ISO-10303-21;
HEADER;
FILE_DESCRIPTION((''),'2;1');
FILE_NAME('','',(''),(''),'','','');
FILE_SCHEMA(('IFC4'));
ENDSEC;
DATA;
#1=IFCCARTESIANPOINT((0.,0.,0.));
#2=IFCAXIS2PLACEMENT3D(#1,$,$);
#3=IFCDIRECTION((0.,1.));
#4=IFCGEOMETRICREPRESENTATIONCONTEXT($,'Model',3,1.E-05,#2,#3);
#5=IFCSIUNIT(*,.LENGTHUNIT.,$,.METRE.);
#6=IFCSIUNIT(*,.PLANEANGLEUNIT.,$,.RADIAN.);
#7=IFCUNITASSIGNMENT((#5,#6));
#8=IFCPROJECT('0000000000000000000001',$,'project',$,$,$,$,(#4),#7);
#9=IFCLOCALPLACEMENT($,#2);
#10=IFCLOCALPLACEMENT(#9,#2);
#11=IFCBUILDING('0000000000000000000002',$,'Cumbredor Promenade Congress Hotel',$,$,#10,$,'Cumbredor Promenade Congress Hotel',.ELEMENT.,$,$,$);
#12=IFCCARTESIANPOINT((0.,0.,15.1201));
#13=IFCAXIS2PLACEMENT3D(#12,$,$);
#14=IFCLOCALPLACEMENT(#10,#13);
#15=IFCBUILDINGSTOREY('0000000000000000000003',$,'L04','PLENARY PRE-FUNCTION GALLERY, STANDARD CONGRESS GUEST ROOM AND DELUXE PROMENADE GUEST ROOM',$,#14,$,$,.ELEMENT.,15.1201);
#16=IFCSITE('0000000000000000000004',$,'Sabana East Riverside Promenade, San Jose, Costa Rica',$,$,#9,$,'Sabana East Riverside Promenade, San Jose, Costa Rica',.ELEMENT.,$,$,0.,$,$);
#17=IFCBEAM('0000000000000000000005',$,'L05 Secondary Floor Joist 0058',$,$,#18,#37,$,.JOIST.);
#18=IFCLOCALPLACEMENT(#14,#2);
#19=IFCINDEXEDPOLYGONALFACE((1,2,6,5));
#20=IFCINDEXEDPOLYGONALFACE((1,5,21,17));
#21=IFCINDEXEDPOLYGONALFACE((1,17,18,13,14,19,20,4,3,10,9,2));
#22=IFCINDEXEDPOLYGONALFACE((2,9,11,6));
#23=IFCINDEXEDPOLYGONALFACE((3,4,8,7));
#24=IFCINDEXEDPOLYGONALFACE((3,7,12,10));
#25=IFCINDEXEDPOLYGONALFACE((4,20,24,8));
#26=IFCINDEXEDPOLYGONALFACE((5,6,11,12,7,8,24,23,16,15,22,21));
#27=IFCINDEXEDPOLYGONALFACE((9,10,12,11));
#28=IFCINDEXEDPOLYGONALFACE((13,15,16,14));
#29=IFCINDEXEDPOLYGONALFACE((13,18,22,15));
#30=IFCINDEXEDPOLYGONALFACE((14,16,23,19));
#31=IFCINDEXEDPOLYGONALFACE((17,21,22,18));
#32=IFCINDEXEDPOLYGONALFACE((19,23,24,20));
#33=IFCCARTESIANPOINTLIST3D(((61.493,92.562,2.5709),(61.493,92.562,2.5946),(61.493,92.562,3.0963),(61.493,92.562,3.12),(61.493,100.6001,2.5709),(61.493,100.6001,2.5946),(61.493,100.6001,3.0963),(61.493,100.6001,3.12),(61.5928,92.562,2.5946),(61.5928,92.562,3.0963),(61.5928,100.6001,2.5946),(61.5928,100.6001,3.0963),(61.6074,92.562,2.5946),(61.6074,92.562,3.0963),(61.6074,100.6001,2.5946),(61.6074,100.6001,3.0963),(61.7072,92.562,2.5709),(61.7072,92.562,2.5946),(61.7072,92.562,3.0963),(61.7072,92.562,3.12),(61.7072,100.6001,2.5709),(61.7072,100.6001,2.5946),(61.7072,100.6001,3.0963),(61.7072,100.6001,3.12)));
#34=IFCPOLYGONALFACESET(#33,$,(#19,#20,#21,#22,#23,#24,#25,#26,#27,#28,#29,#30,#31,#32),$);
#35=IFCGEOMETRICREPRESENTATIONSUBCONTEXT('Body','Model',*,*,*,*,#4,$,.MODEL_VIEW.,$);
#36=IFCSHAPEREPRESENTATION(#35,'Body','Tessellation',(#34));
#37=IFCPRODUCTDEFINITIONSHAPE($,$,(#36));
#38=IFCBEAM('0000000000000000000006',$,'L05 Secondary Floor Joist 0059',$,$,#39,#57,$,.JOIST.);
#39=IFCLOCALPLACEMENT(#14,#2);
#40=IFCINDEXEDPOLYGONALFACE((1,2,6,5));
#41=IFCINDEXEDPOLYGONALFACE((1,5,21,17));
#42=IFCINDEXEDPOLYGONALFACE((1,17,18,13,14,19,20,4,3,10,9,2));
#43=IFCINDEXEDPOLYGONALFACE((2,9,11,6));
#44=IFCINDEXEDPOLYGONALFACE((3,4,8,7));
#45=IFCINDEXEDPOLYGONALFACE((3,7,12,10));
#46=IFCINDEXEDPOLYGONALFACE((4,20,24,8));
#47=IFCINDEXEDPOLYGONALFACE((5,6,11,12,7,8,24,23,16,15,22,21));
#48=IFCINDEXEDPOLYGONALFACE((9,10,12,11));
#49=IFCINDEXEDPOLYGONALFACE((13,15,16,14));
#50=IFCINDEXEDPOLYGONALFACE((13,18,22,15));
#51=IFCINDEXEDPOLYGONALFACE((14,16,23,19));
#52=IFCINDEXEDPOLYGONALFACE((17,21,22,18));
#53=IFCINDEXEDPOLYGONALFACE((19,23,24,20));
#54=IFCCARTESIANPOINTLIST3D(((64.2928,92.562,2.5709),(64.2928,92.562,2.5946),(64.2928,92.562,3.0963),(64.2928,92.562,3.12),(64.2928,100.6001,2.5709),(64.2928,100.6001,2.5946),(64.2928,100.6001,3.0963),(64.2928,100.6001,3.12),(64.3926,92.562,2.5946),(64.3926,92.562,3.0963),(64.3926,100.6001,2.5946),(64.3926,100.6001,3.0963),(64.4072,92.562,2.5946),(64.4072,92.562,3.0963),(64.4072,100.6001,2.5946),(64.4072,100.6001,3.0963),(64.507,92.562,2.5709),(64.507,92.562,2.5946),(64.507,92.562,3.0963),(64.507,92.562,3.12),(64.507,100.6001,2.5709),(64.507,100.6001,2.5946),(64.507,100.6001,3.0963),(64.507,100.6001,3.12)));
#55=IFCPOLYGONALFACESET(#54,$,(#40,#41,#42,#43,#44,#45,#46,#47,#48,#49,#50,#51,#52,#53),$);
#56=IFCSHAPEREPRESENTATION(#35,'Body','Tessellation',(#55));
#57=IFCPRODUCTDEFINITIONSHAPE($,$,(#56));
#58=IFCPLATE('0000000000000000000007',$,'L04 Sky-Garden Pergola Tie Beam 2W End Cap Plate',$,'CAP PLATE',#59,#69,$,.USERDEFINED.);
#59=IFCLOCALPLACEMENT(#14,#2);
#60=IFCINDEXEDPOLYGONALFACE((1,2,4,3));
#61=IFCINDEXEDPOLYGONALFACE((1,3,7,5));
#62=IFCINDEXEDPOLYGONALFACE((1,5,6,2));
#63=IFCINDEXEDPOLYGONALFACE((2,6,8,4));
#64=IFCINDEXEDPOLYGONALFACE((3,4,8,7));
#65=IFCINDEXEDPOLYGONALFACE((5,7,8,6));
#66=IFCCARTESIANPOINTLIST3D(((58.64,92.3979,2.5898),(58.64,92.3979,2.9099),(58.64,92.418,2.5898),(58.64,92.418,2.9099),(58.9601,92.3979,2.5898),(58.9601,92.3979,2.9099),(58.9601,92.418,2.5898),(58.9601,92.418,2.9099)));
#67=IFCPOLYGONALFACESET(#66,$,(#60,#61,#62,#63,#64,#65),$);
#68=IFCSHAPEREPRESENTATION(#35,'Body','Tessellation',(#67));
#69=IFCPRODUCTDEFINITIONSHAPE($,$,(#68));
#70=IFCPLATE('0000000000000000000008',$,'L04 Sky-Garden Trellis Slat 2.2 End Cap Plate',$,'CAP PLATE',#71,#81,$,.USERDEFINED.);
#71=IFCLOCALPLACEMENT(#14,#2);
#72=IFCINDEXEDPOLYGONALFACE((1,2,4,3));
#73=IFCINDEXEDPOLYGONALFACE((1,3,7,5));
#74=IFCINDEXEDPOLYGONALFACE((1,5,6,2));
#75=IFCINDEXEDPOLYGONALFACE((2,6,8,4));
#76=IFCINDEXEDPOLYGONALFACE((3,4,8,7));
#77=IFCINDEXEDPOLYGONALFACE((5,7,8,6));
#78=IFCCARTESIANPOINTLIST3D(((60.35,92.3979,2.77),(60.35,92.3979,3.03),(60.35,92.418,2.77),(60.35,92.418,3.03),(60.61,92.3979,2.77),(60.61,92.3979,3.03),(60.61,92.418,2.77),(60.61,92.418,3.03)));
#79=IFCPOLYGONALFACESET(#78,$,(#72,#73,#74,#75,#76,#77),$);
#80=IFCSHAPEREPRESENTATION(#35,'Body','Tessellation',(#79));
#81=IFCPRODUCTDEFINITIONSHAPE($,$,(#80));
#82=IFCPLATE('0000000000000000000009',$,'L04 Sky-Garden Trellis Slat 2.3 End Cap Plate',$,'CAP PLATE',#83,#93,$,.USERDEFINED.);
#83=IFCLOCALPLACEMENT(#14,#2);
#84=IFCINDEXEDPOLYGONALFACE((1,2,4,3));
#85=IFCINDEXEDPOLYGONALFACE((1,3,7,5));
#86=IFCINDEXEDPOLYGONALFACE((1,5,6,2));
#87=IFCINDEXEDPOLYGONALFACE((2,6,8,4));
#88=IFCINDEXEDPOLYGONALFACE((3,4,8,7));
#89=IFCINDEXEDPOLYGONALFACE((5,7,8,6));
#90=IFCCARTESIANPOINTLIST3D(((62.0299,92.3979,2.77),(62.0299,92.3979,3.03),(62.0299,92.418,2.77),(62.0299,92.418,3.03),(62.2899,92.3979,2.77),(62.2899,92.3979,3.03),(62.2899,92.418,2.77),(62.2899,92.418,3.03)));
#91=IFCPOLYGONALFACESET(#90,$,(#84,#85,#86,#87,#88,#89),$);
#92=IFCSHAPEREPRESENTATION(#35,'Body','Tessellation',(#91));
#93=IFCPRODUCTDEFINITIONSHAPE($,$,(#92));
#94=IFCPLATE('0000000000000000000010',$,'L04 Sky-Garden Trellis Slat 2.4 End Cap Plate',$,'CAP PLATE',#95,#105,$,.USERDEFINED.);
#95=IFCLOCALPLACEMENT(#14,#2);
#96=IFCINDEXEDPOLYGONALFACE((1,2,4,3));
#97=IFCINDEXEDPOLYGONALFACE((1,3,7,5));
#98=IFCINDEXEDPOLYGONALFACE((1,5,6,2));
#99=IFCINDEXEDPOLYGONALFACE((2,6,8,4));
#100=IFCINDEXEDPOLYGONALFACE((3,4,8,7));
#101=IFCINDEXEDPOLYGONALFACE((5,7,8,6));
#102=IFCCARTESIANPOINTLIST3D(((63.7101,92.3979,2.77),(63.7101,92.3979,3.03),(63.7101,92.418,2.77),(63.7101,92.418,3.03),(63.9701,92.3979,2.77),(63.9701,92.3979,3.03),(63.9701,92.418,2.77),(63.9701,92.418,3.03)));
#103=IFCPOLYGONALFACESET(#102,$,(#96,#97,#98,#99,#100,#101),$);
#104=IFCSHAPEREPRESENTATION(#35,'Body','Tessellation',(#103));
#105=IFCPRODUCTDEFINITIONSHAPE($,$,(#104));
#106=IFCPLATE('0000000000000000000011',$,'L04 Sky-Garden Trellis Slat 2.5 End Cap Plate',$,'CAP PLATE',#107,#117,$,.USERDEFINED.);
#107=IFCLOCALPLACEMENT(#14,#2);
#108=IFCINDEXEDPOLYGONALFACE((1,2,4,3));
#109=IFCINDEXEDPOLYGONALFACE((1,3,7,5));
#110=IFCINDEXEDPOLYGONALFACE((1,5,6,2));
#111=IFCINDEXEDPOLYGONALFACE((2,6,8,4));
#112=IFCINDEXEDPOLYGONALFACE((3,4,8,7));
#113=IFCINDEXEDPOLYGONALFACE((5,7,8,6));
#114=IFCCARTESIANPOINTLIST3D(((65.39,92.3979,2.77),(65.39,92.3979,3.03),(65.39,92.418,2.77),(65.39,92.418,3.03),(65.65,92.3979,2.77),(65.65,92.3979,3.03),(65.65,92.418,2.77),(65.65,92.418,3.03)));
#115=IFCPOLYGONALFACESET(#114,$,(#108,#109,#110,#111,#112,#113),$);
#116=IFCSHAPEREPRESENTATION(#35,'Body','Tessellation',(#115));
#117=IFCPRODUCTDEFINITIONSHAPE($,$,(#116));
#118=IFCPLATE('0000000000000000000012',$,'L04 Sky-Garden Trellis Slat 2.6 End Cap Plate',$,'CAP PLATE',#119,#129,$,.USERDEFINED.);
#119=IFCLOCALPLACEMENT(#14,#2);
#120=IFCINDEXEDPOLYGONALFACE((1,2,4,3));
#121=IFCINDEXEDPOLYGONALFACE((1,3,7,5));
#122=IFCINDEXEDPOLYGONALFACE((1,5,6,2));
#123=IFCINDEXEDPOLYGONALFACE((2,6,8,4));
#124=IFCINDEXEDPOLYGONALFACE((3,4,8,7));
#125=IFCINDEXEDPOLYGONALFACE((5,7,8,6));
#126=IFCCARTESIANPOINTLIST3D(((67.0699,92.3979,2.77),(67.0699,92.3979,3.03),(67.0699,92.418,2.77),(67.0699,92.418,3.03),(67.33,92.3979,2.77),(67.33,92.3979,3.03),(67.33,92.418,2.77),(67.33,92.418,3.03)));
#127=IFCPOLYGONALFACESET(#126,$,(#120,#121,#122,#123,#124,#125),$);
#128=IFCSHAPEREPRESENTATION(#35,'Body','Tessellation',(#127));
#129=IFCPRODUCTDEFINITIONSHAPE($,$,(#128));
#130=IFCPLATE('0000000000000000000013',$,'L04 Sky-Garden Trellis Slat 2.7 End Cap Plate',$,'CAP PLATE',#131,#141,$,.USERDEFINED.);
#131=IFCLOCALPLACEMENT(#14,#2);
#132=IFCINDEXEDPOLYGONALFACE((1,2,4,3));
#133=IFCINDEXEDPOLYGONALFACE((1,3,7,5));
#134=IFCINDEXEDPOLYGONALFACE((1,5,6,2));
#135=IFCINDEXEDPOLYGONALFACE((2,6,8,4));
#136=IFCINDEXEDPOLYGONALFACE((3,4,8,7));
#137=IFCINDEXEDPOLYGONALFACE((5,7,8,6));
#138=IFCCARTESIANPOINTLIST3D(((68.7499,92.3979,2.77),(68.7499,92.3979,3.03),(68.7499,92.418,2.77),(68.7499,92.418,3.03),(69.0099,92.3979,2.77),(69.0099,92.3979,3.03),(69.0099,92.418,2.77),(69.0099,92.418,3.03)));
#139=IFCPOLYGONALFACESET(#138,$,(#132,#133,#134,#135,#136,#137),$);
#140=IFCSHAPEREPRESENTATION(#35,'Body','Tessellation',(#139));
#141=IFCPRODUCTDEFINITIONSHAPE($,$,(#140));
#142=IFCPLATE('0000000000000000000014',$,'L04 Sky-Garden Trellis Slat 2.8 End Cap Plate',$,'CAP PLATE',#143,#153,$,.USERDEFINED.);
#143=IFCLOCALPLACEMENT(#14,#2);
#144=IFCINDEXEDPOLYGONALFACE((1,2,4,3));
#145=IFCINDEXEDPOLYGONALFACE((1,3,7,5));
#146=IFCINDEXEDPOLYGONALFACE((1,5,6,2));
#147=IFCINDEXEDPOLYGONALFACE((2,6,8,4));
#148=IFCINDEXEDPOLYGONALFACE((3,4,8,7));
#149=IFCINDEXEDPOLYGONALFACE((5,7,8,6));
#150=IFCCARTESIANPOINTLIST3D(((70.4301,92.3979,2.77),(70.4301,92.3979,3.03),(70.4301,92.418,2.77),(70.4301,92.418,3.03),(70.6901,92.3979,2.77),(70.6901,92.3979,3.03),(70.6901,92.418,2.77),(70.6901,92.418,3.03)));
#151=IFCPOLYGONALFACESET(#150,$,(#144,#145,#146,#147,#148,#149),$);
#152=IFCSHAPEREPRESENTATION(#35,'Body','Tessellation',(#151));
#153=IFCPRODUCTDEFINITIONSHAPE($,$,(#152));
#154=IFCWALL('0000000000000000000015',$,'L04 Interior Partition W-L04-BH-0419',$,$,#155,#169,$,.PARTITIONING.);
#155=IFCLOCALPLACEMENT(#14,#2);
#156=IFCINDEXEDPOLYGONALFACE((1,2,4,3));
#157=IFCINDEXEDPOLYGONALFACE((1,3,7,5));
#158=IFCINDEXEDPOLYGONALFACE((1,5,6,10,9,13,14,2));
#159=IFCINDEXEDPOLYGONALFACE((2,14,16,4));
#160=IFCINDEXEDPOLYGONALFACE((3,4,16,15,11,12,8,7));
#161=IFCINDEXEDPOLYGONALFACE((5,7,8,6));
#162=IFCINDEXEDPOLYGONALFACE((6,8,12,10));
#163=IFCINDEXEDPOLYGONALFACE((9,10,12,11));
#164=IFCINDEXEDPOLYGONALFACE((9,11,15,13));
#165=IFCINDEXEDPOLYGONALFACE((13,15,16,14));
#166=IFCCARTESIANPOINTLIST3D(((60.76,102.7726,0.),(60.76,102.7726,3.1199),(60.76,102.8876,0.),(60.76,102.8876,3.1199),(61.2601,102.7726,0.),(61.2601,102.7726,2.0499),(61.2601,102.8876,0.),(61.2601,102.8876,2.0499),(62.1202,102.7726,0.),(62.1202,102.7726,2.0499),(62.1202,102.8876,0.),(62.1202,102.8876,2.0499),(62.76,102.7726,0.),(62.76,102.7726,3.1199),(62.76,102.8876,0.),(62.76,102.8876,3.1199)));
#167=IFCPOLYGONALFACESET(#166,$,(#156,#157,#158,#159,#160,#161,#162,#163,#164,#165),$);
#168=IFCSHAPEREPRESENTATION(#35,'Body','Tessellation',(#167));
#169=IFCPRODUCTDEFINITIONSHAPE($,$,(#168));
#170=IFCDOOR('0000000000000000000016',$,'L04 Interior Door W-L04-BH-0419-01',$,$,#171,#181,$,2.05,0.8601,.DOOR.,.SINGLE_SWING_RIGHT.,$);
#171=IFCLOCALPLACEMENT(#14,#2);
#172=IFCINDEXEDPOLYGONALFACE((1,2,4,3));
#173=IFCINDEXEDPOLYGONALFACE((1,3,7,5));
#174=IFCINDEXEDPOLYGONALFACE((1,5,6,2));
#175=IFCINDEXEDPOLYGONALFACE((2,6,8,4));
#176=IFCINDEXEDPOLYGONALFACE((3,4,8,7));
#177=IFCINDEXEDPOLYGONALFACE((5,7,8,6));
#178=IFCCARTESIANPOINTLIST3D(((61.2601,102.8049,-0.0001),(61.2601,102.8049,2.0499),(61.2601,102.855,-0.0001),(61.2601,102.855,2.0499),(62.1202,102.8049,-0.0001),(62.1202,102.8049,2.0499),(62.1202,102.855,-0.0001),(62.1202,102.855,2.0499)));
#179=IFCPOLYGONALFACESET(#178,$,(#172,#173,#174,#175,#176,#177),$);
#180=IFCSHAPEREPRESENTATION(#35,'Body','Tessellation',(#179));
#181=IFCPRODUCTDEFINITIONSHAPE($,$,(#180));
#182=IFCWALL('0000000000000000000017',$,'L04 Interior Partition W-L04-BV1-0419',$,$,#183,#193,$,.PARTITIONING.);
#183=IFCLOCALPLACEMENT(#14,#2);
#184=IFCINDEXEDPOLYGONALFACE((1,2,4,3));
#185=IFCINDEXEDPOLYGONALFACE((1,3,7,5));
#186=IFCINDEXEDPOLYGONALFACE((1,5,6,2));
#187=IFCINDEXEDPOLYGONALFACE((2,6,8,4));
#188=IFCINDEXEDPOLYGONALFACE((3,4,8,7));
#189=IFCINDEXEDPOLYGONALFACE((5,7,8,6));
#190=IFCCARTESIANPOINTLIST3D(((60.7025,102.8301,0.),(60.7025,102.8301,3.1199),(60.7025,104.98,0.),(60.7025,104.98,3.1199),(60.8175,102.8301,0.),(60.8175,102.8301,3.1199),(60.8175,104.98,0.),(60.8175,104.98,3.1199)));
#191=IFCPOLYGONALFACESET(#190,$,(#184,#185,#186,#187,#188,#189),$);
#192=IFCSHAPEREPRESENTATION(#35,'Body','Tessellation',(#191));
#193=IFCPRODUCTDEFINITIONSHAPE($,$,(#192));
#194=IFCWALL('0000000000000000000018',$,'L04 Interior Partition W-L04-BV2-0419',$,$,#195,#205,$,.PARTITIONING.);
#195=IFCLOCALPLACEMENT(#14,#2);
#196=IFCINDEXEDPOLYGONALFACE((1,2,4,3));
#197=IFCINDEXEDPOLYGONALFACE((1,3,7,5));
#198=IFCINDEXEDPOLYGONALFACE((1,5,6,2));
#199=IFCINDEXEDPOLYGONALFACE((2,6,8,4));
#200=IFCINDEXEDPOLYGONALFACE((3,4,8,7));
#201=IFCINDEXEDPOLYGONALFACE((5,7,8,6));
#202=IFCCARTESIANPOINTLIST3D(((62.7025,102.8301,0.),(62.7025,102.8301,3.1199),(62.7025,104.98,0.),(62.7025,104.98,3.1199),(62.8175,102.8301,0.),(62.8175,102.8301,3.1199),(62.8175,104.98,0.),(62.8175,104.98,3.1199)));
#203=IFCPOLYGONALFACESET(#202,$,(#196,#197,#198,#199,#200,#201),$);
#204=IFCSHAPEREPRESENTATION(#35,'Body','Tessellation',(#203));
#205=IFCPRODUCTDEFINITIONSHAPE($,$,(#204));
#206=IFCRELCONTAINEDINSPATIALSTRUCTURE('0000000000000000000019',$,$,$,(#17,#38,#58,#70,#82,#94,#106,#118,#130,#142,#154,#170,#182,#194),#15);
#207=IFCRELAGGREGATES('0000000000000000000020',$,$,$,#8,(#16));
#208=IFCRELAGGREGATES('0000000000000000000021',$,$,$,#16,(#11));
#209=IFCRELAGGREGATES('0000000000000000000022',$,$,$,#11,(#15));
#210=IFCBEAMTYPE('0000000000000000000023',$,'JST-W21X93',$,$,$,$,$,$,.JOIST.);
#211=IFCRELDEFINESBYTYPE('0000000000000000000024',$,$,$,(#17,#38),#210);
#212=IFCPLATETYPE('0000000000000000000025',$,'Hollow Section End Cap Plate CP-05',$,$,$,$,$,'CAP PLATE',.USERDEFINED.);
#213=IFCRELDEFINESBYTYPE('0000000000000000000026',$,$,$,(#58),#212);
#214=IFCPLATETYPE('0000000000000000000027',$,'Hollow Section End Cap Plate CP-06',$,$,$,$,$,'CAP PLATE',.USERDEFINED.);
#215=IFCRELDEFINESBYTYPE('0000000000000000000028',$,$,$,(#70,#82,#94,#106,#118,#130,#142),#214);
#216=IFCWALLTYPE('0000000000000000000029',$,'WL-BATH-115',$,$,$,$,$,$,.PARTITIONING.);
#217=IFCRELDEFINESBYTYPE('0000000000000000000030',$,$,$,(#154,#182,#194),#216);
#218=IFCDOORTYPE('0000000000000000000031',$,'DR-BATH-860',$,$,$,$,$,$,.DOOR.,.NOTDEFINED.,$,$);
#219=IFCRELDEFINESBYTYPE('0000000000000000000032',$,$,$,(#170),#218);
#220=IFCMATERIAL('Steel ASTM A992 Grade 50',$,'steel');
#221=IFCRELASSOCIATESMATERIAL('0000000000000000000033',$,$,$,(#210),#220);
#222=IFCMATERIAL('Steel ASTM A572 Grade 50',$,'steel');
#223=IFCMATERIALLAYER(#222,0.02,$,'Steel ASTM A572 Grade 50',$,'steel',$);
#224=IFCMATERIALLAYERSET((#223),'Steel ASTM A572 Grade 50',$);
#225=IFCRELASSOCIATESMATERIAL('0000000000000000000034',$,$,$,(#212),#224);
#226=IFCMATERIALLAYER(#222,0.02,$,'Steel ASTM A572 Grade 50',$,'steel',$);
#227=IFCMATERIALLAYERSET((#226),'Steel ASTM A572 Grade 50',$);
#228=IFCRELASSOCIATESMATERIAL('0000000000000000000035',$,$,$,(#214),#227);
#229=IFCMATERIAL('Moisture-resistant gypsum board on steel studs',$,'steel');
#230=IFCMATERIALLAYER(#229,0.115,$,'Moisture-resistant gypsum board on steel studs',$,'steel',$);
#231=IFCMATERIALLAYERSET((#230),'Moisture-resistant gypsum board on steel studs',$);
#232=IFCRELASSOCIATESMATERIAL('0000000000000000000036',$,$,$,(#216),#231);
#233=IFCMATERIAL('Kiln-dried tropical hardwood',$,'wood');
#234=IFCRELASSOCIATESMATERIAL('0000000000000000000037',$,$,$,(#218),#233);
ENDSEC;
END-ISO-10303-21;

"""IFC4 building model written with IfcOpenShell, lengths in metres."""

from ifc_helpers import new_model, si_unit, direction, frame, frame_2d, origin, origin_2d, place, context, subcontext, project, spatial, rectangle, i_section, extrude, material, layer, layer_set, material_profile, profile_set, type_object, element, fill, save


model = new_model("IFC4")

# Units and contexts
model_context = context("Model", 3, precision=1e-05, world=origin(), true_north=direction((0.0, 1.0)))
body_context = subcontext(model_context, "Body", "Model", "MODEL_VIEW")
ifc_project = project(units=[si_unit("LENGTHUNIT", "METRE"), si_unit("PLANEANGLEUNIT", "RADIAN")], contexts=[model_context])

# Site, building, storey
site_placement = place(None, origin())
site = spatial("IfcSite", under=ifc_project, at=site_placement, Name="Sabana East Riverside Promenade, San Jose, Costa Rica", LongName="Sabana East Riverside Promenade, San Jose, Costa Rica", CompositionType="ELEMENT", RefElevation=0.0)
building_placement = place(site_placement, origin())
building = spatial("IfcBuilding", under=site, at=building_placement, Name="Cumbredor Promenade Congress Hotel", LongName="Cumbredor Promenade Congress Hotel", CompositionType="ELEMENT")
storey_placement = place(building_placement, frame((0.0, 0.0, 15.1201)))
storey = spatial("IfcBuildingStorey", under=building, at=storey_placement, Name="L04", Description="PLENARY PRE-FUNCTION GALLERY, STANDARD CONGRESS GUEST ROOM AND DELUXE PROMENADE GUEST ROOM", CompositionType="ELEMENT", Elevation=15.1201)

# Beams
ifc_material_1 = material(Name="Steel ASTM A992 Grade 50", Category="steel")
ifc_material_profile_1 = material_profile(ifc_material_1, i_section(OverallWidth=0.2141, OverallDepth=0.5491, WebThickness=0.0146, FlangeThickness=0.0237, at=origin_2d()), Name="W21X93")
ifc_profile_set_1 = profile_set([ifc_material_profile_1], Name="Steel ASTM A992 Grade 50")
beam_type_1 = type_object("IfcBeamType", Name="JST-W21X93", PredefinedType="JOIST", material=ifc_profile_set_1)
for number, where, z_axis, x_axis, name in (
    (1, (61.6001, 92.562, 2.8455), (0.0, 1.0, 0.0), (-1.0, 0.0, 0.0), "L05 Secondary Floor Joist 0058"),
    (2, (64.3999, 92.562, 2.8455), (0.0, 1.0, 0.0), (-1.0, 0.0, 0.0), "L05 Secondary Floor Joist 0059"),
):
    element("IfcBeam", number, at=place(storey_placement, frame(where, z_axis=z_axis, x_axis=x_axis)), inside=storey, type_object=beam_type_1, Name=name, PredefinedType="JOIST", context=body_context, shape_type="SweptSolid", body=[
        extrude(i_section(OverallWidth=0.2141, OverallDepth=0.5491, WebThickness=0.0146, FlangeThickness=0.0237, at=origin_2d()), origin(), (0.0, 0.0, 1.0), 8.0381),
    ])

# Plates
ifc_material_2 = material(Name="Steel ASTM A572 Grade 50", Category="steel")
ifc_layer_1 = layer(ifc_material_2, 0.02, Name="Steel ASTM A572 Grade 50", Category="steel")
ifc_layer_set_1 = layer_set([ifc_layer_1], Name="Steel ASTM A572 Grade 50")
plate_type_1 = type_object("IfcPlateType", Name="Hollow Section End Cap Plate CP-05", ElementType="CAP PLATE", PredefinedType="USERDEFINED", material=ifc_layer_set_1)
plate_placement = place(storey_placement, frame((58.8, 92.408, 2.5898), z_axis=(0.0, 0.0, 1.0), x_axis=(0.0, 1.0, 0.0)))
element("IfcPlate", 3, at=plate_placement, inside=storey, type_object=plate_type_1, Name="L04 Sky-Garden Pergola Tie Beam 2W End Cap Plate", ObjectType="CAP PLATE", PredefinedType="USERDEFINED", context=body_context, shape_type="SweptSolid", body=[
    extrude(rectangle(XDim=0.02, YDim=0.3201, at=origin_2d()), origin(), (0.0, 0.0, 1.0), 0.3201),
])
ifc_layer_2 = layer(ifc_material_2, 0.02, Name="Steel ASTM A572 Grade 50", Category="steel")
ifc_layer_set_2 = layer_set([ifc_layer_2], Name="Steel ASTM A572 Grade 50")
plate_type_2 = type_object("IfcPlateType", Name="Hollow Section End Cap Plate CP-06", ElementType="CAP PLATE", PredefinedType="USERDEFINED", material=ifc_layer_set_2)
for number, where, z_axis, x_axis, name in (
    (4, (60.48, 92.408, 2.77), (0.0, 0.0, 1.0), (0.0, 1.0, 0.0), "L04 Sky-Garden Trellis Slat 2.2 End Cap Plate"),
    (5, (62.1599, 92.408, 2.77), (0.0, 0.0, 1.0), (0.0, 1.0, 0.0), "L04 Sky-Garden Trellis Slat 2.3 End Cap Plate"),
    (6, (63.8401, 92.408, 2.77), (0.0, 0.0, 1.0), (0.0, 1.0, 0.0), "L04 Sky-Garden Trellis Slat 2.4 End Cap Plate"),
    (7, (65.52, 92.408, 2.77), (0.0, 0.0, 1.0), (0.0, 1.0, 0.0), "L04 Sky-Garden Trellis Slat 2.5 End Cap Plate"),
    (8, (67.2, 92.408, 2.77), (0.0, 0.0, 1.0), (0.0, 1.0, 0.0), "L04 Sky-Garden Trellis Slat 2.6 End Cap Plate"),
    (9, (68.8799, 92.408, 2.77), (0.0, 0.0, 1.0), (0.0, 1.0, 0.0), "L04 Sky-Garden Trellis Slat 2.7 End Cap Plate"),
    (10, (70.5601, 92.408, 2.77), (0.0, 0.0, 1.0), (0.0, 1.0, 0.0), "L04 Sky-Garden Trellis Slat 2.8 End Cap Plate"),
):
    element("IfcPlate", number, at=place(storey_placement, frame(where, z_axis=z_axis, x_axis=x_axis)), inside=storey, type_object=plate_type_2, Name=name, ObjectType="CAP PLATE", PredefinedType="USERDEFINED", context=body_context, shape_type="SweptSolid", body=[
        extrude(rectangle(XDim=0.02, YDim=0.26, at=origin_2d()), origin(), (0.0, 0.0, 1.0), 0.26),
    ])

# Wall, opening, door
ifc_material_3 = material(Name="Moisture-resistant gypsum board on steel studs", Category="steel")
ifc_layer_3 = layer(ifc_material_3, 0.115, Name="Moisture-resistant gypsum board on steel studs", Category="steel")
ifc_layer_set_3 = layer_set([ifc_layer_3], Name="Moisture-resistant gypsum board on steel studs")
wall_type_1 = type_object("IfcWallType", Name="WL-BATH-115", PredefinedType="PARTITIONING", material=ifc_layer_set_3)
wall_1_placement = place(storey_placement, frame((60.76, 102.8301, 0.0), z_axis=(0.0, 0.0, 1.0), x_axis=(1.0, 0.0, 0.0)))
wall_1 = element("IfcWall", 11, at=wall_1_placement, inside=storey, type_object=wall_type_1, Name="L04 Interior Partition W-L04-BH-0419", PredefinedType="PARTITIONING", context=body_context, shape_type="SweptSolid", body=[
    extrude(rectangle(XDim=2.0, YDim=0.115, at=frame_2d((1.0, 0.0))), origin(), (0.0, 0.0, 1.0), 3.1199),
])
opening_1_placement = place(wall_1_placement, frame((0.5, 0.0, 0.0)))
opening_1 = element("IfcOpeningElement", 12, at=opening_1_placement, cuts=wall_1, PredefinedType="OPENING", context=body_context, shape_type="SweptSolid", body=[
    extrude(rectangle(XDim=0.8601, YDim=2.05, at=frame_2d((0.4302, 1.0249))), frame((0.0, 0.0674, 0.0), z_axis=(0.0, -1.0, 0.0), x_axis=(1.0, 0.0, 0.0)), (0.0, 0.0, 1.0), 0.135),
])
ifc_material_4 = material(Name="Kiln-dried tropical hardwood", Category="wood")
door_type = type_object("IfcDoorType", Name="DR-BATH-860", OperationType="NOTDEFINED", PredefinedType="DOOR", material=ifc_material_4)
door_1_placement = place(opening_1_placement, origin())
door_1 = element("IfcDoor", 13, at=door_1_placement, inside=storey, type_object=door_type, Name="L04 Interior Door W-L04-BH-0419-01", OperationType="SINGLE_SWING_RIGHT", OverallHeight=2.05, OverallWidth=0.8601, PredefinedType="DOOR", context=body_context, shape_type="SweptSolid", body=[
    extrude(rectangle(XDim=0.8601, YDim=2.05, at=frame_2d((0.4302, 1.0249))), frame((0.0, 0.0249, 0.0), z_axis=(0.0, -1.0, 0.0), x_axis=(1.0, 0.0, 0.0)), (0.0, 0.0, 1.0), 0.05),
])
fill(opening_1, door_1)

# Walls
for number, where, z_axis, x_axis, name in (
    (14, (60.76, 102.8301, 0.0), (0.0, 0.0, 1.0), (0.0, 1.0, 0.0), "L04 Interior Partition W-L04-BV1-0419"),
    (15, (62.76, 102.8301, 0.0), (0.0, 0.0, 1.0), (0.0, 1.0, 0.0), "L04 Interior Partition W-L04-BV2-0419"),
):
    element("IfcWall", number, at=place(storey_placement, frame(where, z_axis=z_axis, x_axis=x_axis)), inside=storey, type_object=wall_type_1, Name=name, PredefinedType="PARTITIONING", context=body_context, shape_type="SweptSolid", body=[
        extrude(rectangle(XDim=2.1499, YDim=0.115, at=frame_2d((1.075, 0.0))), origin(), (0.0, 0.0, 1.0), 3.1199),
    ])

save(model, "model.ifc")
